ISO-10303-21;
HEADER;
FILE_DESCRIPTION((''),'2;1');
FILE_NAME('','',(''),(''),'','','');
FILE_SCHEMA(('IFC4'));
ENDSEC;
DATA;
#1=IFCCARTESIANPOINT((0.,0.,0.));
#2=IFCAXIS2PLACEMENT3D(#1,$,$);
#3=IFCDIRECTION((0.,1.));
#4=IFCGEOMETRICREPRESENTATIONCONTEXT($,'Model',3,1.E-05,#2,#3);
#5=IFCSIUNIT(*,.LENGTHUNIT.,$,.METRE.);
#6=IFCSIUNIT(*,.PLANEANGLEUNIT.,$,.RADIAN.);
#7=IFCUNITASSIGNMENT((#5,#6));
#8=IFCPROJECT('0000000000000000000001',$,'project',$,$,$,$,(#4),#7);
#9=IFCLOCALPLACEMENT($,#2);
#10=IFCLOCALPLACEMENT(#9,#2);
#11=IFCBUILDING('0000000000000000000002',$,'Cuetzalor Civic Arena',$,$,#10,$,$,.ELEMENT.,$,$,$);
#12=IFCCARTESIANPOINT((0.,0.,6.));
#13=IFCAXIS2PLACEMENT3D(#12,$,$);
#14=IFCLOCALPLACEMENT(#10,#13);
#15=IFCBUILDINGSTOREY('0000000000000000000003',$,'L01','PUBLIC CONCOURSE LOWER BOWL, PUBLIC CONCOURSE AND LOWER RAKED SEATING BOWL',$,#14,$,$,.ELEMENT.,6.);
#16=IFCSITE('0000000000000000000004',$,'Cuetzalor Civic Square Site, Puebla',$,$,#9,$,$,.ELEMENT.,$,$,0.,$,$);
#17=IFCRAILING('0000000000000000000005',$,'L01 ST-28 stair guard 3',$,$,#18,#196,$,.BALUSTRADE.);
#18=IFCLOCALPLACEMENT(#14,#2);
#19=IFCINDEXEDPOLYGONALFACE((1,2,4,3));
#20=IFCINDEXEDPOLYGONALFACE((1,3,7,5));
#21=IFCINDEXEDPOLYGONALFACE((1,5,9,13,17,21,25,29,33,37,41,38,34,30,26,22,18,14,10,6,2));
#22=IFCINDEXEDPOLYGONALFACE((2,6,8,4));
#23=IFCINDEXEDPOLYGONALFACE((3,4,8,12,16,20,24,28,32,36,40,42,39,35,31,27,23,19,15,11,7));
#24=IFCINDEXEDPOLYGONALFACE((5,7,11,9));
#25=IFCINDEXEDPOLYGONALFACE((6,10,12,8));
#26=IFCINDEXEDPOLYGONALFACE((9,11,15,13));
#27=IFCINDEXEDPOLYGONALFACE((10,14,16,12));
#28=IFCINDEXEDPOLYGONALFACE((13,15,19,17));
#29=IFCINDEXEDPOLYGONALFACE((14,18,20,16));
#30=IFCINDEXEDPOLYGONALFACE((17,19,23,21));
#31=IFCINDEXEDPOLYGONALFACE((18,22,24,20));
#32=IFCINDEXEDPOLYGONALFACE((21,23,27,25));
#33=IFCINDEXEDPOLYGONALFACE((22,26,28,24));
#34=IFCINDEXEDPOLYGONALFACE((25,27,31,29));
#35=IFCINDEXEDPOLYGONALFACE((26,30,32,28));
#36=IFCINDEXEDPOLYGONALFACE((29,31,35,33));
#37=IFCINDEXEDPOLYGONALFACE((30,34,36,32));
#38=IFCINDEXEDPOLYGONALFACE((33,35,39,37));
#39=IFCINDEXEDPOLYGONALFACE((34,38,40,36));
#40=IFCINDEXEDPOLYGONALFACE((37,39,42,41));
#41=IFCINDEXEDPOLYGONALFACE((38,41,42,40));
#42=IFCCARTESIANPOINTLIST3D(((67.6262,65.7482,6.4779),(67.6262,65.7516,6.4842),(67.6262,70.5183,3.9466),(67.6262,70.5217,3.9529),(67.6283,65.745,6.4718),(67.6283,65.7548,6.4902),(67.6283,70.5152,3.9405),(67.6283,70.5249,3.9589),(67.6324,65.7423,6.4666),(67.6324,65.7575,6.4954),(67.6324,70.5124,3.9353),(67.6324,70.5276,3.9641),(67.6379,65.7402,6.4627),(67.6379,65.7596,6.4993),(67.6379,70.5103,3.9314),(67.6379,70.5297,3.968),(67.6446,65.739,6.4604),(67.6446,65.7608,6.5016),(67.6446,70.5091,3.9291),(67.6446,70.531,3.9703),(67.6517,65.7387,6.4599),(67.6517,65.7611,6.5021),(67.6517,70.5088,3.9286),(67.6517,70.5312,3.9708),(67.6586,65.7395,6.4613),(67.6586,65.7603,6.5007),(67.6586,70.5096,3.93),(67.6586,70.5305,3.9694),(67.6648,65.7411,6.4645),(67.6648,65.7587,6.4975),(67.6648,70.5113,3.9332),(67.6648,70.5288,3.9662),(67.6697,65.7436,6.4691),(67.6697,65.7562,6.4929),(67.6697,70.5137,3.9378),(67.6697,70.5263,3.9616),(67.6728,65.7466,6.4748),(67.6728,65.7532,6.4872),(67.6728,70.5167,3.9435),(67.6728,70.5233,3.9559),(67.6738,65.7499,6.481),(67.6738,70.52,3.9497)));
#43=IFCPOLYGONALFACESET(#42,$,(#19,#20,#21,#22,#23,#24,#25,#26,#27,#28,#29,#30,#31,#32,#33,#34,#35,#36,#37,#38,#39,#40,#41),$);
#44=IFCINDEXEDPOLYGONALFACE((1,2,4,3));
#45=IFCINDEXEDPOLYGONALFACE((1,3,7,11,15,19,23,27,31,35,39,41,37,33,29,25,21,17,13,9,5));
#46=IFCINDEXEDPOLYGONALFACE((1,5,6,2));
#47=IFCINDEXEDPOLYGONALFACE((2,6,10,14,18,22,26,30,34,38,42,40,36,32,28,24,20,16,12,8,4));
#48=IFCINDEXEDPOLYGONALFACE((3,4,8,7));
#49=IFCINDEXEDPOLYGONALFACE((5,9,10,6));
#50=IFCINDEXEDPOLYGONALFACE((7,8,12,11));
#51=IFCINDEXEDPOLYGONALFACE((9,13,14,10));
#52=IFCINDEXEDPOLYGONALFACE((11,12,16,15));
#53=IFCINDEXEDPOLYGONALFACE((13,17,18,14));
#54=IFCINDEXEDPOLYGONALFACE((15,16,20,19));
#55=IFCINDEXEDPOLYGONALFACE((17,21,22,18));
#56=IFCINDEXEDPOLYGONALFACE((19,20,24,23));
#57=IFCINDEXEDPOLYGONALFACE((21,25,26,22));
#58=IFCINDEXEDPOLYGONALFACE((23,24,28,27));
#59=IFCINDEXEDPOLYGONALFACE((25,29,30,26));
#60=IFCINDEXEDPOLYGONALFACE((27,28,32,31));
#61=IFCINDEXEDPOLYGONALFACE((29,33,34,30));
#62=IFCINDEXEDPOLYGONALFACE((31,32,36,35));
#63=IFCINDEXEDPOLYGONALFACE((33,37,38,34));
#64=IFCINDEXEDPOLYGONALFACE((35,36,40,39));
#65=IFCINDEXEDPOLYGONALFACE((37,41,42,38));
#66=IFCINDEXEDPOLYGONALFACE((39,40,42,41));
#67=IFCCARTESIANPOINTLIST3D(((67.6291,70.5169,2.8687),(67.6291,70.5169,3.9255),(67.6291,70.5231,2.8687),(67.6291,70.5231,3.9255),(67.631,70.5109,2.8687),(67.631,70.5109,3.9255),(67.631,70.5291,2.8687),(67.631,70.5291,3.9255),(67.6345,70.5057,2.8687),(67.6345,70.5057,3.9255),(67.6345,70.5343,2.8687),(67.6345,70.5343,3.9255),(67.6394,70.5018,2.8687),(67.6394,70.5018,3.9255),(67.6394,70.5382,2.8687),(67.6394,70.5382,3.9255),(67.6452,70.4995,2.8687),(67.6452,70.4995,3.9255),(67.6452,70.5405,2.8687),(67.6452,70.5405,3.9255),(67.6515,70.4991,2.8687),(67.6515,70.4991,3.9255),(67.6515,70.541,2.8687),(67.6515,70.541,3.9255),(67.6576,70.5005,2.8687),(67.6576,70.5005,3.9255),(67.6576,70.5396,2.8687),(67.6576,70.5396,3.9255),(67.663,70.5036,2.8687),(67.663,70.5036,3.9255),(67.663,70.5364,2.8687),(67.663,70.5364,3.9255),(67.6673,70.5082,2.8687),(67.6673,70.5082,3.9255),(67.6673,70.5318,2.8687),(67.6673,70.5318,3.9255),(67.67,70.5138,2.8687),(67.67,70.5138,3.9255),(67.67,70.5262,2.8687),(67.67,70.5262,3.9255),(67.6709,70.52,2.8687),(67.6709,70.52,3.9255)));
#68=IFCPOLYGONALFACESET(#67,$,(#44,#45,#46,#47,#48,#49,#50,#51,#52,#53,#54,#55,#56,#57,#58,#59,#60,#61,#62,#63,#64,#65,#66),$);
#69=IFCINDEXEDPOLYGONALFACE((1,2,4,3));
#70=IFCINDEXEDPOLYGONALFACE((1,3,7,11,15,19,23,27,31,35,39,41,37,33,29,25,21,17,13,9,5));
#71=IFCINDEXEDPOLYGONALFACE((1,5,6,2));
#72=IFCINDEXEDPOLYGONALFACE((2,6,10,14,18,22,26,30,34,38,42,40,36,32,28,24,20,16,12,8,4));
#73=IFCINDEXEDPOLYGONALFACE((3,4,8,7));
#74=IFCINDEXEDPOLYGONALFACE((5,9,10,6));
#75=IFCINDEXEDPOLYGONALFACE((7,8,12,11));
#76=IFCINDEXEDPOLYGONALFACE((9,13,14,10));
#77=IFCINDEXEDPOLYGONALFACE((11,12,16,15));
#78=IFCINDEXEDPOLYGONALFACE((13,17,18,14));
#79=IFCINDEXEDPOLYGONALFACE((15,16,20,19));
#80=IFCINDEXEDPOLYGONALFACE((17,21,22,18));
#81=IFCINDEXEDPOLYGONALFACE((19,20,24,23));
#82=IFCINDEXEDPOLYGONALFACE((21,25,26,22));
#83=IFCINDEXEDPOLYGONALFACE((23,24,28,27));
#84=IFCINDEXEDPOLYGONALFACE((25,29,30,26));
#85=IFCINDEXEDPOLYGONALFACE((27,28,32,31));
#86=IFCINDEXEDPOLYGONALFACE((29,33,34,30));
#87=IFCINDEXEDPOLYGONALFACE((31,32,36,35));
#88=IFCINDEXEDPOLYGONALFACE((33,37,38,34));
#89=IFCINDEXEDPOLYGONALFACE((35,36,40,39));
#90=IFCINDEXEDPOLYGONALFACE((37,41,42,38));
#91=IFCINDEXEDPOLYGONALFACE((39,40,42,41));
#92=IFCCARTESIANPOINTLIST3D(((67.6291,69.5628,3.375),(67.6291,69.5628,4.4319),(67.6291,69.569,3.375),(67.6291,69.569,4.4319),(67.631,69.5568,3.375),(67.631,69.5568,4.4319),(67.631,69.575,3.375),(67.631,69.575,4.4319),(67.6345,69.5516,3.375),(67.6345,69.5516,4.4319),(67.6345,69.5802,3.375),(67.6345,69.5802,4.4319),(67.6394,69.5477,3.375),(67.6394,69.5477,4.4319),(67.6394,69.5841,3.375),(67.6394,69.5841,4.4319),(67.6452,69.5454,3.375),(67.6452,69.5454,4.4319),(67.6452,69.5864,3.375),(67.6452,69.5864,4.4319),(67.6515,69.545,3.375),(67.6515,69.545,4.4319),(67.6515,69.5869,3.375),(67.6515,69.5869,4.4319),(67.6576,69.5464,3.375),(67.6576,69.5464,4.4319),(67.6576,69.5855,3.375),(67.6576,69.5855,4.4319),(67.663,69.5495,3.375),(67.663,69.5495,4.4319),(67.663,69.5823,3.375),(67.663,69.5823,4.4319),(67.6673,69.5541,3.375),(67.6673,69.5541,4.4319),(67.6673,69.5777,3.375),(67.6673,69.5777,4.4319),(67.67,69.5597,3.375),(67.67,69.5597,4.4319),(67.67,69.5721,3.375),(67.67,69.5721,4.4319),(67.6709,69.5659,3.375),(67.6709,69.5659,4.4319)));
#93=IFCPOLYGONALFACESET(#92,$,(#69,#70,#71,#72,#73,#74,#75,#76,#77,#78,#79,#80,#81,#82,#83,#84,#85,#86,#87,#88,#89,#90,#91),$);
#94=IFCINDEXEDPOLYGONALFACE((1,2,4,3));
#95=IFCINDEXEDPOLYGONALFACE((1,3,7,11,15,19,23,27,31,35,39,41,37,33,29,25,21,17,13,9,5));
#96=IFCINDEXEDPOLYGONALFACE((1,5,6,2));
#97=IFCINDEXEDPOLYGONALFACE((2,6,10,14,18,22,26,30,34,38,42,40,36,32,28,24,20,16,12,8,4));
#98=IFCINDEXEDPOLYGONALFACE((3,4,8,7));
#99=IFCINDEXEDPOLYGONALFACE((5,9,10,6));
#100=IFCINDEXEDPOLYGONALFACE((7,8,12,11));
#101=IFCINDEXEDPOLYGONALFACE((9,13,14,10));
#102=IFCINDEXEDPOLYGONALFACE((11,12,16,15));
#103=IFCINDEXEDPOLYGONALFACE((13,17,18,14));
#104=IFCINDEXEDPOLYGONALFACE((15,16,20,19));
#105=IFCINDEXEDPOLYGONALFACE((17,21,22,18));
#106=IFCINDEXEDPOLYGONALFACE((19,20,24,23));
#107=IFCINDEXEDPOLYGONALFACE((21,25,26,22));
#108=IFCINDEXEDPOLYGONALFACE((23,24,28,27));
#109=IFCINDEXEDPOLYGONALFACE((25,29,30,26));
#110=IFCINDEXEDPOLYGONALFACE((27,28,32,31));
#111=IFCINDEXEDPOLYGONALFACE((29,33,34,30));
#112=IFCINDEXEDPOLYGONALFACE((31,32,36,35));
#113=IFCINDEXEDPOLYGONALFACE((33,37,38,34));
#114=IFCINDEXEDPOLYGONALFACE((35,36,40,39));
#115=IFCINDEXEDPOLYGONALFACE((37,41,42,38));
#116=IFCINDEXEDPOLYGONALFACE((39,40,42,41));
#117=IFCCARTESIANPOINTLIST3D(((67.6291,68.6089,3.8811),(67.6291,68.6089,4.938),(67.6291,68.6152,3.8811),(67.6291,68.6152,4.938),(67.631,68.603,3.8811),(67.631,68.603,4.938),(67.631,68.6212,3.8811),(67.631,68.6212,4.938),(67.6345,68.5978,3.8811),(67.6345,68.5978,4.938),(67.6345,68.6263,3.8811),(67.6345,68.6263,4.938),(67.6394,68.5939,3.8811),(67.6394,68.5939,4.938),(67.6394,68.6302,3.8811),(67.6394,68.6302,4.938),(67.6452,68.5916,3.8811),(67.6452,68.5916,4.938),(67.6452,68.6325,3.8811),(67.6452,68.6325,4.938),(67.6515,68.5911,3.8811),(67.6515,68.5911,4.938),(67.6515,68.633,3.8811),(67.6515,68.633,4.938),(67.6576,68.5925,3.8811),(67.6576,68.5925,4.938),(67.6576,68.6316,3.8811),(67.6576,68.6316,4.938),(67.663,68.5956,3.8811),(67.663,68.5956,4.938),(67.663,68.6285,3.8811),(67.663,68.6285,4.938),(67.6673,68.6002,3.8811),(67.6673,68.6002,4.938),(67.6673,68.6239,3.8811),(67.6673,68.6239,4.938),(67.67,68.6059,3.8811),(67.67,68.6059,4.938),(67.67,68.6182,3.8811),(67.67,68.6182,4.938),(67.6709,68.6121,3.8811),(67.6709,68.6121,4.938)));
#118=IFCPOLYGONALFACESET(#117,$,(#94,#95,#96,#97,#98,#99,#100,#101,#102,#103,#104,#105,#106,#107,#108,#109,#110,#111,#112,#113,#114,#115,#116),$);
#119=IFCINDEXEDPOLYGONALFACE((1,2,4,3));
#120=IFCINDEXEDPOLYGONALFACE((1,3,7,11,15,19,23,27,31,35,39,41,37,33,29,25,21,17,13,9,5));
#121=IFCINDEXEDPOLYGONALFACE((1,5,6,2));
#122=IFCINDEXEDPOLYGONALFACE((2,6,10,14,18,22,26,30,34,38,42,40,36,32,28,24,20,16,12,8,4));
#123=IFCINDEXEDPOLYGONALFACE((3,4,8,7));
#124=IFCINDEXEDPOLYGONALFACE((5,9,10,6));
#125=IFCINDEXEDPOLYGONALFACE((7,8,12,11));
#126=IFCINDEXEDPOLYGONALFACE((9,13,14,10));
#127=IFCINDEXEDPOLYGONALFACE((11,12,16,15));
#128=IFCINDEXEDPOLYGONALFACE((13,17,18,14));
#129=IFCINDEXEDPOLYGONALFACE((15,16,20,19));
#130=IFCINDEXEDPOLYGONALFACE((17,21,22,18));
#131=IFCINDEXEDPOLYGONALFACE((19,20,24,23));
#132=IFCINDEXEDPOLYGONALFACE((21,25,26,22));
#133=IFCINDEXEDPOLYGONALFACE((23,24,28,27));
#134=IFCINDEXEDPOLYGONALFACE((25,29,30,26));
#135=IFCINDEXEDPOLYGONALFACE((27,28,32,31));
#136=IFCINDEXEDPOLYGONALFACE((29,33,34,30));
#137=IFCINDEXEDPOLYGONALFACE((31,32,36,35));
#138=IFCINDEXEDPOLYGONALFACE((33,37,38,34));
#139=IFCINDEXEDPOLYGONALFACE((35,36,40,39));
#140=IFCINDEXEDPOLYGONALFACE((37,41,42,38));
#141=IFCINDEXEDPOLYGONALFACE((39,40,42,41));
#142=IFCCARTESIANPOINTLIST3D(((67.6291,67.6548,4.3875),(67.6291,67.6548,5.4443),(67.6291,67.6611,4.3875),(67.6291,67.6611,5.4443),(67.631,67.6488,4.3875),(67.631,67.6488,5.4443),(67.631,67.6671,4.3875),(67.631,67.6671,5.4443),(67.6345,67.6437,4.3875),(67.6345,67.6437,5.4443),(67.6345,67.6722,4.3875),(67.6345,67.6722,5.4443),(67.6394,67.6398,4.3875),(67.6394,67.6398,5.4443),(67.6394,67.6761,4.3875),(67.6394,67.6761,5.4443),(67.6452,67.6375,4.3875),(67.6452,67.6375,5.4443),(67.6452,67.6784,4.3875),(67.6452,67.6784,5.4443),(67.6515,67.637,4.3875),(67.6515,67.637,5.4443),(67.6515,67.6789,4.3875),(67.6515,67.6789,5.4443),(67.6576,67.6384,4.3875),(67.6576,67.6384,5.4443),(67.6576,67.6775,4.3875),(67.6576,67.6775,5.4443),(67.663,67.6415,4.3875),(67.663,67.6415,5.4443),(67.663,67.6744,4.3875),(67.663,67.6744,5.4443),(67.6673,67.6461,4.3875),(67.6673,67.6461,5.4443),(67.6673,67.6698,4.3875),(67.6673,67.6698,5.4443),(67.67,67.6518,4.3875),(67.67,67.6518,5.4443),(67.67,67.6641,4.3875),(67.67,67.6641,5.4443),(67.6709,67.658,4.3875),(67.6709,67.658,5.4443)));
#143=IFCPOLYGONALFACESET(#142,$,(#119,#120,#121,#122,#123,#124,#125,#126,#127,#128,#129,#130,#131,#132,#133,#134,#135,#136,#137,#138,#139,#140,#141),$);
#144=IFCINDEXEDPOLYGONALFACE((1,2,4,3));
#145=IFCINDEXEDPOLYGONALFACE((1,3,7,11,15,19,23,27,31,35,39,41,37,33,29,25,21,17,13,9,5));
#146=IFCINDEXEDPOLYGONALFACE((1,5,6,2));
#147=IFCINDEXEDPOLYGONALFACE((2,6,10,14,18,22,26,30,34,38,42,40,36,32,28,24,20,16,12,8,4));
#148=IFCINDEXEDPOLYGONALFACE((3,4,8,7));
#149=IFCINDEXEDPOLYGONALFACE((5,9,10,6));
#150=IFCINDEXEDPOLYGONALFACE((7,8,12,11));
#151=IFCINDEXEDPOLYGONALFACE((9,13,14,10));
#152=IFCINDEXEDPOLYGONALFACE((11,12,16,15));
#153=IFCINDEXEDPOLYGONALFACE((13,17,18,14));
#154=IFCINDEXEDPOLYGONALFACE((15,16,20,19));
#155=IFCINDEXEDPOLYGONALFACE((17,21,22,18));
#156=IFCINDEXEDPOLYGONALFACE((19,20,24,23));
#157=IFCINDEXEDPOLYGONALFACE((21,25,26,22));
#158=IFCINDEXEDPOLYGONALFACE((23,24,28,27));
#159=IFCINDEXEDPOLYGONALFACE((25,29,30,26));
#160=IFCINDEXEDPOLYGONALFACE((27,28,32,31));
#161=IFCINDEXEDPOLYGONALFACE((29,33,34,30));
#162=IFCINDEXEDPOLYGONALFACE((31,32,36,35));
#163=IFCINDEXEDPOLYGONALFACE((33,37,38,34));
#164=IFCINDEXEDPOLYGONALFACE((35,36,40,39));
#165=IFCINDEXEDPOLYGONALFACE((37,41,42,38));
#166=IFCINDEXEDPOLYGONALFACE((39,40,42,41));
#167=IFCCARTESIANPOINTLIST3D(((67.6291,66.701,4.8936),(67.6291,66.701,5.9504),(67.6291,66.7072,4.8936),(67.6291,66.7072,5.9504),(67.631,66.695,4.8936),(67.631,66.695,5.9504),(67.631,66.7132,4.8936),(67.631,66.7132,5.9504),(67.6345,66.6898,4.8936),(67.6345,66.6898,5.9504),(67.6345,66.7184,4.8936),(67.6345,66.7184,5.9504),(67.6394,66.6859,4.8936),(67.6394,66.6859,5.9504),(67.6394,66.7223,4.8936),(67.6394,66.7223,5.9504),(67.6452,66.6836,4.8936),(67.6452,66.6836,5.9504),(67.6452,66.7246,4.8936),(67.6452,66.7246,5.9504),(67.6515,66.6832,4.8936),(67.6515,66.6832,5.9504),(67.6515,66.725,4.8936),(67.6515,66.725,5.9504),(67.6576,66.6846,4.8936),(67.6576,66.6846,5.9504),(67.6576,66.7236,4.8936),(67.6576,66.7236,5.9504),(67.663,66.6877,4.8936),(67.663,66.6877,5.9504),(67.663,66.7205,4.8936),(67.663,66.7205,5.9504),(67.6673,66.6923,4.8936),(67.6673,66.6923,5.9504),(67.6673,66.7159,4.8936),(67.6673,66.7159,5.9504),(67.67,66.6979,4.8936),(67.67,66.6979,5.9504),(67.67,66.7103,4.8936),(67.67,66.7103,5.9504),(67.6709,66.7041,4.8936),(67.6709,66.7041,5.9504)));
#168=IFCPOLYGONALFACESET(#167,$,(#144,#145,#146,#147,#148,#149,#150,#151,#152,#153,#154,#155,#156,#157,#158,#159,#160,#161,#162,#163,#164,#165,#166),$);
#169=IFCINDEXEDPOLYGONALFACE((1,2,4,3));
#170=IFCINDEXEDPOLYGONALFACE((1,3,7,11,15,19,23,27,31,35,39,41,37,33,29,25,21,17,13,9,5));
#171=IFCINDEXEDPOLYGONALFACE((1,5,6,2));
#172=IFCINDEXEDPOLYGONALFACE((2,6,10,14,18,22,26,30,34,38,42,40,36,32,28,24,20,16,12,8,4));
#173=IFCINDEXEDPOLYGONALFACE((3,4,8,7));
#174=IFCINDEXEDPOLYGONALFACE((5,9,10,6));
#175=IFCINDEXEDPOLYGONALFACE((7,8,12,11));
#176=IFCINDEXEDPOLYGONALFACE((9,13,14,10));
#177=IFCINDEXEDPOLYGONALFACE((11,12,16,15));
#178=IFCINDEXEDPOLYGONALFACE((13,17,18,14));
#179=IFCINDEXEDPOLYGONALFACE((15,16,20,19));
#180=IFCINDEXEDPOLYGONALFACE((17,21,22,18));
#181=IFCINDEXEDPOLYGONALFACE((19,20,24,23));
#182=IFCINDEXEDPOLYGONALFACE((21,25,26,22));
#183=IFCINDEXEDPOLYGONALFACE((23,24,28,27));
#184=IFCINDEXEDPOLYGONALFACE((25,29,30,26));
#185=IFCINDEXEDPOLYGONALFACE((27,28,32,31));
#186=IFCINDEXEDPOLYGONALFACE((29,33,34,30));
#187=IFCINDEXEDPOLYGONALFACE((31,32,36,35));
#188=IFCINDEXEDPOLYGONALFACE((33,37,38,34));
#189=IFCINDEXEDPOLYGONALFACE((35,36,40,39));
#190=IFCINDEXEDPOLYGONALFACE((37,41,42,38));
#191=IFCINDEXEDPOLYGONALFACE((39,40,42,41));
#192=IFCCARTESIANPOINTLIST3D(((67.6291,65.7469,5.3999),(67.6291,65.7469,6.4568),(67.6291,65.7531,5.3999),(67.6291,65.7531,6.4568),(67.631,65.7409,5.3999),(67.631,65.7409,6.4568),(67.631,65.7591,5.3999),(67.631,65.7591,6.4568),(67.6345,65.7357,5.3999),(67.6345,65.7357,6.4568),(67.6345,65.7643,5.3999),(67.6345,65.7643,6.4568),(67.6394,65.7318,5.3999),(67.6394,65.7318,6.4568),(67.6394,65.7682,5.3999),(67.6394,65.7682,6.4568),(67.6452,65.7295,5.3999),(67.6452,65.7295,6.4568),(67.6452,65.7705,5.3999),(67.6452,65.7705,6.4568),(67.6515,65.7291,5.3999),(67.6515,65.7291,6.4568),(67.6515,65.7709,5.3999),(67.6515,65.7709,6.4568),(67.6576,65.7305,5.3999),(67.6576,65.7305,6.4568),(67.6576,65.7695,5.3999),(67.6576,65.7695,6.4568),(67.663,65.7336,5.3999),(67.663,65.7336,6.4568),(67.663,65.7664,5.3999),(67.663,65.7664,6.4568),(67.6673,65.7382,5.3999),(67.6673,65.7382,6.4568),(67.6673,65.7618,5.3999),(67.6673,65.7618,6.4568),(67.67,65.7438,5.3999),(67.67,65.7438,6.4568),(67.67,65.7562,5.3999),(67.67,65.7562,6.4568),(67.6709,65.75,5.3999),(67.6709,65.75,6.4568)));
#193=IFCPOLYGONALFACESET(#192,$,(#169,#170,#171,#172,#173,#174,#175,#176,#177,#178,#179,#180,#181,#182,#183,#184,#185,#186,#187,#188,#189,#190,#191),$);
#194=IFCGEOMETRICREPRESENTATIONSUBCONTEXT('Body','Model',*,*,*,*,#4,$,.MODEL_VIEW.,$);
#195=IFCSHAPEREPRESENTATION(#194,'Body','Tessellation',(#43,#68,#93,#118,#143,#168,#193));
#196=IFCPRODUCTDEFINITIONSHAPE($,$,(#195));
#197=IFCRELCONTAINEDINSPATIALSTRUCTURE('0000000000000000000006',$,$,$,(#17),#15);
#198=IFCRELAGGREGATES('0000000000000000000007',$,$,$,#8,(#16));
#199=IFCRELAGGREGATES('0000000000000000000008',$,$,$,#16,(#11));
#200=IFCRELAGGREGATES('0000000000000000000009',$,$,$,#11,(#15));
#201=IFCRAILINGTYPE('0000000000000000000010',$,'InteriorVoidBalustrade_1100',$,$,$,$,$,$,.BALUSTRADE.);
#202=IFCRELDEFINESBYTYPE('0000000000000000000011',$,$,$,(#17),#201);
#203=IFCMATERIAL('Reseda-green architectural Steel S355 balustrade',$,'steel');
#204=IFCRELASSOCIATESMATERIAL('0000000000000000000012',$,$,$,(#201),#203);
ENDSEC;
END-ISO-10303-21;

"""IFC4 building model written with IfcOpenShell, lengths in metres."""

from ifc_helpers import new_model, si_unit, direction, frame, origin, origin_2d, place, context, subcontext, project, spatial, circle, extrude, material, type_object, element, save


model = new_model("IFC4")

# Units and contexts
model_context = context("Model", 3, precision=1e-05, world=origin(), true_north=direction((0.0, 1.0)))
body_context = subcontext(model_context, "Body", "Model", "MODEL_VIEW")
ifc_project = project(units=[si_unit("LENGTHUNIT", "METRE"), si_unit("PLANEANGLEUNIT", "RADIAN")], contexts=[model_context])

# Site, building, storey
site_placement = place(None, origin())
site = spatial("IfcSite", under=ifc_project, at=site_placement, Name="Cuetzalor Civic Square Site, Puebla", CompositionType="ELEMENT", RefElevation=0.0)
building_placement = place(site_placement, origin())
building = spatial("IfcBuilding", under=site, at=building_placement, Name="Cuetzalor Civic Arena", CompositionType="ELEMENT")
storey_placement = place(building_placement, frame((0.0, 0.0, 6.0)))
storey = spatial("IfcBuildingStorey", under=building, at=storey_placement, Name="L01", Description="PUBLIC CONCOURSE LOWER BOWL, PUBLIC CONCOURSE AND LOWER RAKED SEATING BOWL", CompositionType="ELEMENT", Elevation=6.0)

# Railing
ifc_material_1 = material(Name="Reseda-green architectural Steel S355 balustrade", Category="steel")
railing_type_1 = type_object("IfcRailingType", Name="InteriorVoidBalustrade_1100", PredefinedType="BALUSTRADE", material=ifc_material_1)
railing_1_placement = place(storey_placement, frame((67.6499, 70.52, 2.8687)))
element("IfcRailing", 1, at=railing_1_placement, inside=storey, type_object=railing_type_1, Name="L01 ST-28 stair guard 3", PredefinedType="BALUSTRADE", context=body_context, shape_type="SweptSolid", body=[
    extrude(circle(Radius=0.0239, at=origin_2d()), frame((0.0, 0.0, 1.0811), z_axis=(0.0, -0.883332, 0.468747), x_axis=(1.0, 0.0, 0.0)), (0.0, 0.0, 1.0), 5.4001),
    extrude(circle(Radius=0.021, at=origin_2d()), origin(), (0.0, 0.0, 1.0), 1.0569),
    extrude(circle(Radius=0.021, at=origin_2d()), frame((0.0, -0.9541, 0.5063)), (0.0, 0.0, 1.0), 1.0569),
    extrude(circle(Radius=0.021, at=origin_2d()), frame((0.0, -1.908, 1.0125)), (0.0, 0.0, 1.0), 1.0569),
    extrude(circle(Radius=0.021, at=origin_2d()), frame((0.0, -2.8621, 1.5188)), (0.0, 0.0, 1.0), 1.0569),
    extrude(circle(Radius=0.021, at=origin_2d()), frame((0.0, -3.8159, 2.0249)), (0.0, 0.0, 1.0), 1.0569),
    extrude(circle(Radius=0.021, at=origin_2d()), frame((0.0, -4.77, 2.5312)), (0.0, 0.0, 1.0), 1.0569),
])

save(model, "model.ifc")
